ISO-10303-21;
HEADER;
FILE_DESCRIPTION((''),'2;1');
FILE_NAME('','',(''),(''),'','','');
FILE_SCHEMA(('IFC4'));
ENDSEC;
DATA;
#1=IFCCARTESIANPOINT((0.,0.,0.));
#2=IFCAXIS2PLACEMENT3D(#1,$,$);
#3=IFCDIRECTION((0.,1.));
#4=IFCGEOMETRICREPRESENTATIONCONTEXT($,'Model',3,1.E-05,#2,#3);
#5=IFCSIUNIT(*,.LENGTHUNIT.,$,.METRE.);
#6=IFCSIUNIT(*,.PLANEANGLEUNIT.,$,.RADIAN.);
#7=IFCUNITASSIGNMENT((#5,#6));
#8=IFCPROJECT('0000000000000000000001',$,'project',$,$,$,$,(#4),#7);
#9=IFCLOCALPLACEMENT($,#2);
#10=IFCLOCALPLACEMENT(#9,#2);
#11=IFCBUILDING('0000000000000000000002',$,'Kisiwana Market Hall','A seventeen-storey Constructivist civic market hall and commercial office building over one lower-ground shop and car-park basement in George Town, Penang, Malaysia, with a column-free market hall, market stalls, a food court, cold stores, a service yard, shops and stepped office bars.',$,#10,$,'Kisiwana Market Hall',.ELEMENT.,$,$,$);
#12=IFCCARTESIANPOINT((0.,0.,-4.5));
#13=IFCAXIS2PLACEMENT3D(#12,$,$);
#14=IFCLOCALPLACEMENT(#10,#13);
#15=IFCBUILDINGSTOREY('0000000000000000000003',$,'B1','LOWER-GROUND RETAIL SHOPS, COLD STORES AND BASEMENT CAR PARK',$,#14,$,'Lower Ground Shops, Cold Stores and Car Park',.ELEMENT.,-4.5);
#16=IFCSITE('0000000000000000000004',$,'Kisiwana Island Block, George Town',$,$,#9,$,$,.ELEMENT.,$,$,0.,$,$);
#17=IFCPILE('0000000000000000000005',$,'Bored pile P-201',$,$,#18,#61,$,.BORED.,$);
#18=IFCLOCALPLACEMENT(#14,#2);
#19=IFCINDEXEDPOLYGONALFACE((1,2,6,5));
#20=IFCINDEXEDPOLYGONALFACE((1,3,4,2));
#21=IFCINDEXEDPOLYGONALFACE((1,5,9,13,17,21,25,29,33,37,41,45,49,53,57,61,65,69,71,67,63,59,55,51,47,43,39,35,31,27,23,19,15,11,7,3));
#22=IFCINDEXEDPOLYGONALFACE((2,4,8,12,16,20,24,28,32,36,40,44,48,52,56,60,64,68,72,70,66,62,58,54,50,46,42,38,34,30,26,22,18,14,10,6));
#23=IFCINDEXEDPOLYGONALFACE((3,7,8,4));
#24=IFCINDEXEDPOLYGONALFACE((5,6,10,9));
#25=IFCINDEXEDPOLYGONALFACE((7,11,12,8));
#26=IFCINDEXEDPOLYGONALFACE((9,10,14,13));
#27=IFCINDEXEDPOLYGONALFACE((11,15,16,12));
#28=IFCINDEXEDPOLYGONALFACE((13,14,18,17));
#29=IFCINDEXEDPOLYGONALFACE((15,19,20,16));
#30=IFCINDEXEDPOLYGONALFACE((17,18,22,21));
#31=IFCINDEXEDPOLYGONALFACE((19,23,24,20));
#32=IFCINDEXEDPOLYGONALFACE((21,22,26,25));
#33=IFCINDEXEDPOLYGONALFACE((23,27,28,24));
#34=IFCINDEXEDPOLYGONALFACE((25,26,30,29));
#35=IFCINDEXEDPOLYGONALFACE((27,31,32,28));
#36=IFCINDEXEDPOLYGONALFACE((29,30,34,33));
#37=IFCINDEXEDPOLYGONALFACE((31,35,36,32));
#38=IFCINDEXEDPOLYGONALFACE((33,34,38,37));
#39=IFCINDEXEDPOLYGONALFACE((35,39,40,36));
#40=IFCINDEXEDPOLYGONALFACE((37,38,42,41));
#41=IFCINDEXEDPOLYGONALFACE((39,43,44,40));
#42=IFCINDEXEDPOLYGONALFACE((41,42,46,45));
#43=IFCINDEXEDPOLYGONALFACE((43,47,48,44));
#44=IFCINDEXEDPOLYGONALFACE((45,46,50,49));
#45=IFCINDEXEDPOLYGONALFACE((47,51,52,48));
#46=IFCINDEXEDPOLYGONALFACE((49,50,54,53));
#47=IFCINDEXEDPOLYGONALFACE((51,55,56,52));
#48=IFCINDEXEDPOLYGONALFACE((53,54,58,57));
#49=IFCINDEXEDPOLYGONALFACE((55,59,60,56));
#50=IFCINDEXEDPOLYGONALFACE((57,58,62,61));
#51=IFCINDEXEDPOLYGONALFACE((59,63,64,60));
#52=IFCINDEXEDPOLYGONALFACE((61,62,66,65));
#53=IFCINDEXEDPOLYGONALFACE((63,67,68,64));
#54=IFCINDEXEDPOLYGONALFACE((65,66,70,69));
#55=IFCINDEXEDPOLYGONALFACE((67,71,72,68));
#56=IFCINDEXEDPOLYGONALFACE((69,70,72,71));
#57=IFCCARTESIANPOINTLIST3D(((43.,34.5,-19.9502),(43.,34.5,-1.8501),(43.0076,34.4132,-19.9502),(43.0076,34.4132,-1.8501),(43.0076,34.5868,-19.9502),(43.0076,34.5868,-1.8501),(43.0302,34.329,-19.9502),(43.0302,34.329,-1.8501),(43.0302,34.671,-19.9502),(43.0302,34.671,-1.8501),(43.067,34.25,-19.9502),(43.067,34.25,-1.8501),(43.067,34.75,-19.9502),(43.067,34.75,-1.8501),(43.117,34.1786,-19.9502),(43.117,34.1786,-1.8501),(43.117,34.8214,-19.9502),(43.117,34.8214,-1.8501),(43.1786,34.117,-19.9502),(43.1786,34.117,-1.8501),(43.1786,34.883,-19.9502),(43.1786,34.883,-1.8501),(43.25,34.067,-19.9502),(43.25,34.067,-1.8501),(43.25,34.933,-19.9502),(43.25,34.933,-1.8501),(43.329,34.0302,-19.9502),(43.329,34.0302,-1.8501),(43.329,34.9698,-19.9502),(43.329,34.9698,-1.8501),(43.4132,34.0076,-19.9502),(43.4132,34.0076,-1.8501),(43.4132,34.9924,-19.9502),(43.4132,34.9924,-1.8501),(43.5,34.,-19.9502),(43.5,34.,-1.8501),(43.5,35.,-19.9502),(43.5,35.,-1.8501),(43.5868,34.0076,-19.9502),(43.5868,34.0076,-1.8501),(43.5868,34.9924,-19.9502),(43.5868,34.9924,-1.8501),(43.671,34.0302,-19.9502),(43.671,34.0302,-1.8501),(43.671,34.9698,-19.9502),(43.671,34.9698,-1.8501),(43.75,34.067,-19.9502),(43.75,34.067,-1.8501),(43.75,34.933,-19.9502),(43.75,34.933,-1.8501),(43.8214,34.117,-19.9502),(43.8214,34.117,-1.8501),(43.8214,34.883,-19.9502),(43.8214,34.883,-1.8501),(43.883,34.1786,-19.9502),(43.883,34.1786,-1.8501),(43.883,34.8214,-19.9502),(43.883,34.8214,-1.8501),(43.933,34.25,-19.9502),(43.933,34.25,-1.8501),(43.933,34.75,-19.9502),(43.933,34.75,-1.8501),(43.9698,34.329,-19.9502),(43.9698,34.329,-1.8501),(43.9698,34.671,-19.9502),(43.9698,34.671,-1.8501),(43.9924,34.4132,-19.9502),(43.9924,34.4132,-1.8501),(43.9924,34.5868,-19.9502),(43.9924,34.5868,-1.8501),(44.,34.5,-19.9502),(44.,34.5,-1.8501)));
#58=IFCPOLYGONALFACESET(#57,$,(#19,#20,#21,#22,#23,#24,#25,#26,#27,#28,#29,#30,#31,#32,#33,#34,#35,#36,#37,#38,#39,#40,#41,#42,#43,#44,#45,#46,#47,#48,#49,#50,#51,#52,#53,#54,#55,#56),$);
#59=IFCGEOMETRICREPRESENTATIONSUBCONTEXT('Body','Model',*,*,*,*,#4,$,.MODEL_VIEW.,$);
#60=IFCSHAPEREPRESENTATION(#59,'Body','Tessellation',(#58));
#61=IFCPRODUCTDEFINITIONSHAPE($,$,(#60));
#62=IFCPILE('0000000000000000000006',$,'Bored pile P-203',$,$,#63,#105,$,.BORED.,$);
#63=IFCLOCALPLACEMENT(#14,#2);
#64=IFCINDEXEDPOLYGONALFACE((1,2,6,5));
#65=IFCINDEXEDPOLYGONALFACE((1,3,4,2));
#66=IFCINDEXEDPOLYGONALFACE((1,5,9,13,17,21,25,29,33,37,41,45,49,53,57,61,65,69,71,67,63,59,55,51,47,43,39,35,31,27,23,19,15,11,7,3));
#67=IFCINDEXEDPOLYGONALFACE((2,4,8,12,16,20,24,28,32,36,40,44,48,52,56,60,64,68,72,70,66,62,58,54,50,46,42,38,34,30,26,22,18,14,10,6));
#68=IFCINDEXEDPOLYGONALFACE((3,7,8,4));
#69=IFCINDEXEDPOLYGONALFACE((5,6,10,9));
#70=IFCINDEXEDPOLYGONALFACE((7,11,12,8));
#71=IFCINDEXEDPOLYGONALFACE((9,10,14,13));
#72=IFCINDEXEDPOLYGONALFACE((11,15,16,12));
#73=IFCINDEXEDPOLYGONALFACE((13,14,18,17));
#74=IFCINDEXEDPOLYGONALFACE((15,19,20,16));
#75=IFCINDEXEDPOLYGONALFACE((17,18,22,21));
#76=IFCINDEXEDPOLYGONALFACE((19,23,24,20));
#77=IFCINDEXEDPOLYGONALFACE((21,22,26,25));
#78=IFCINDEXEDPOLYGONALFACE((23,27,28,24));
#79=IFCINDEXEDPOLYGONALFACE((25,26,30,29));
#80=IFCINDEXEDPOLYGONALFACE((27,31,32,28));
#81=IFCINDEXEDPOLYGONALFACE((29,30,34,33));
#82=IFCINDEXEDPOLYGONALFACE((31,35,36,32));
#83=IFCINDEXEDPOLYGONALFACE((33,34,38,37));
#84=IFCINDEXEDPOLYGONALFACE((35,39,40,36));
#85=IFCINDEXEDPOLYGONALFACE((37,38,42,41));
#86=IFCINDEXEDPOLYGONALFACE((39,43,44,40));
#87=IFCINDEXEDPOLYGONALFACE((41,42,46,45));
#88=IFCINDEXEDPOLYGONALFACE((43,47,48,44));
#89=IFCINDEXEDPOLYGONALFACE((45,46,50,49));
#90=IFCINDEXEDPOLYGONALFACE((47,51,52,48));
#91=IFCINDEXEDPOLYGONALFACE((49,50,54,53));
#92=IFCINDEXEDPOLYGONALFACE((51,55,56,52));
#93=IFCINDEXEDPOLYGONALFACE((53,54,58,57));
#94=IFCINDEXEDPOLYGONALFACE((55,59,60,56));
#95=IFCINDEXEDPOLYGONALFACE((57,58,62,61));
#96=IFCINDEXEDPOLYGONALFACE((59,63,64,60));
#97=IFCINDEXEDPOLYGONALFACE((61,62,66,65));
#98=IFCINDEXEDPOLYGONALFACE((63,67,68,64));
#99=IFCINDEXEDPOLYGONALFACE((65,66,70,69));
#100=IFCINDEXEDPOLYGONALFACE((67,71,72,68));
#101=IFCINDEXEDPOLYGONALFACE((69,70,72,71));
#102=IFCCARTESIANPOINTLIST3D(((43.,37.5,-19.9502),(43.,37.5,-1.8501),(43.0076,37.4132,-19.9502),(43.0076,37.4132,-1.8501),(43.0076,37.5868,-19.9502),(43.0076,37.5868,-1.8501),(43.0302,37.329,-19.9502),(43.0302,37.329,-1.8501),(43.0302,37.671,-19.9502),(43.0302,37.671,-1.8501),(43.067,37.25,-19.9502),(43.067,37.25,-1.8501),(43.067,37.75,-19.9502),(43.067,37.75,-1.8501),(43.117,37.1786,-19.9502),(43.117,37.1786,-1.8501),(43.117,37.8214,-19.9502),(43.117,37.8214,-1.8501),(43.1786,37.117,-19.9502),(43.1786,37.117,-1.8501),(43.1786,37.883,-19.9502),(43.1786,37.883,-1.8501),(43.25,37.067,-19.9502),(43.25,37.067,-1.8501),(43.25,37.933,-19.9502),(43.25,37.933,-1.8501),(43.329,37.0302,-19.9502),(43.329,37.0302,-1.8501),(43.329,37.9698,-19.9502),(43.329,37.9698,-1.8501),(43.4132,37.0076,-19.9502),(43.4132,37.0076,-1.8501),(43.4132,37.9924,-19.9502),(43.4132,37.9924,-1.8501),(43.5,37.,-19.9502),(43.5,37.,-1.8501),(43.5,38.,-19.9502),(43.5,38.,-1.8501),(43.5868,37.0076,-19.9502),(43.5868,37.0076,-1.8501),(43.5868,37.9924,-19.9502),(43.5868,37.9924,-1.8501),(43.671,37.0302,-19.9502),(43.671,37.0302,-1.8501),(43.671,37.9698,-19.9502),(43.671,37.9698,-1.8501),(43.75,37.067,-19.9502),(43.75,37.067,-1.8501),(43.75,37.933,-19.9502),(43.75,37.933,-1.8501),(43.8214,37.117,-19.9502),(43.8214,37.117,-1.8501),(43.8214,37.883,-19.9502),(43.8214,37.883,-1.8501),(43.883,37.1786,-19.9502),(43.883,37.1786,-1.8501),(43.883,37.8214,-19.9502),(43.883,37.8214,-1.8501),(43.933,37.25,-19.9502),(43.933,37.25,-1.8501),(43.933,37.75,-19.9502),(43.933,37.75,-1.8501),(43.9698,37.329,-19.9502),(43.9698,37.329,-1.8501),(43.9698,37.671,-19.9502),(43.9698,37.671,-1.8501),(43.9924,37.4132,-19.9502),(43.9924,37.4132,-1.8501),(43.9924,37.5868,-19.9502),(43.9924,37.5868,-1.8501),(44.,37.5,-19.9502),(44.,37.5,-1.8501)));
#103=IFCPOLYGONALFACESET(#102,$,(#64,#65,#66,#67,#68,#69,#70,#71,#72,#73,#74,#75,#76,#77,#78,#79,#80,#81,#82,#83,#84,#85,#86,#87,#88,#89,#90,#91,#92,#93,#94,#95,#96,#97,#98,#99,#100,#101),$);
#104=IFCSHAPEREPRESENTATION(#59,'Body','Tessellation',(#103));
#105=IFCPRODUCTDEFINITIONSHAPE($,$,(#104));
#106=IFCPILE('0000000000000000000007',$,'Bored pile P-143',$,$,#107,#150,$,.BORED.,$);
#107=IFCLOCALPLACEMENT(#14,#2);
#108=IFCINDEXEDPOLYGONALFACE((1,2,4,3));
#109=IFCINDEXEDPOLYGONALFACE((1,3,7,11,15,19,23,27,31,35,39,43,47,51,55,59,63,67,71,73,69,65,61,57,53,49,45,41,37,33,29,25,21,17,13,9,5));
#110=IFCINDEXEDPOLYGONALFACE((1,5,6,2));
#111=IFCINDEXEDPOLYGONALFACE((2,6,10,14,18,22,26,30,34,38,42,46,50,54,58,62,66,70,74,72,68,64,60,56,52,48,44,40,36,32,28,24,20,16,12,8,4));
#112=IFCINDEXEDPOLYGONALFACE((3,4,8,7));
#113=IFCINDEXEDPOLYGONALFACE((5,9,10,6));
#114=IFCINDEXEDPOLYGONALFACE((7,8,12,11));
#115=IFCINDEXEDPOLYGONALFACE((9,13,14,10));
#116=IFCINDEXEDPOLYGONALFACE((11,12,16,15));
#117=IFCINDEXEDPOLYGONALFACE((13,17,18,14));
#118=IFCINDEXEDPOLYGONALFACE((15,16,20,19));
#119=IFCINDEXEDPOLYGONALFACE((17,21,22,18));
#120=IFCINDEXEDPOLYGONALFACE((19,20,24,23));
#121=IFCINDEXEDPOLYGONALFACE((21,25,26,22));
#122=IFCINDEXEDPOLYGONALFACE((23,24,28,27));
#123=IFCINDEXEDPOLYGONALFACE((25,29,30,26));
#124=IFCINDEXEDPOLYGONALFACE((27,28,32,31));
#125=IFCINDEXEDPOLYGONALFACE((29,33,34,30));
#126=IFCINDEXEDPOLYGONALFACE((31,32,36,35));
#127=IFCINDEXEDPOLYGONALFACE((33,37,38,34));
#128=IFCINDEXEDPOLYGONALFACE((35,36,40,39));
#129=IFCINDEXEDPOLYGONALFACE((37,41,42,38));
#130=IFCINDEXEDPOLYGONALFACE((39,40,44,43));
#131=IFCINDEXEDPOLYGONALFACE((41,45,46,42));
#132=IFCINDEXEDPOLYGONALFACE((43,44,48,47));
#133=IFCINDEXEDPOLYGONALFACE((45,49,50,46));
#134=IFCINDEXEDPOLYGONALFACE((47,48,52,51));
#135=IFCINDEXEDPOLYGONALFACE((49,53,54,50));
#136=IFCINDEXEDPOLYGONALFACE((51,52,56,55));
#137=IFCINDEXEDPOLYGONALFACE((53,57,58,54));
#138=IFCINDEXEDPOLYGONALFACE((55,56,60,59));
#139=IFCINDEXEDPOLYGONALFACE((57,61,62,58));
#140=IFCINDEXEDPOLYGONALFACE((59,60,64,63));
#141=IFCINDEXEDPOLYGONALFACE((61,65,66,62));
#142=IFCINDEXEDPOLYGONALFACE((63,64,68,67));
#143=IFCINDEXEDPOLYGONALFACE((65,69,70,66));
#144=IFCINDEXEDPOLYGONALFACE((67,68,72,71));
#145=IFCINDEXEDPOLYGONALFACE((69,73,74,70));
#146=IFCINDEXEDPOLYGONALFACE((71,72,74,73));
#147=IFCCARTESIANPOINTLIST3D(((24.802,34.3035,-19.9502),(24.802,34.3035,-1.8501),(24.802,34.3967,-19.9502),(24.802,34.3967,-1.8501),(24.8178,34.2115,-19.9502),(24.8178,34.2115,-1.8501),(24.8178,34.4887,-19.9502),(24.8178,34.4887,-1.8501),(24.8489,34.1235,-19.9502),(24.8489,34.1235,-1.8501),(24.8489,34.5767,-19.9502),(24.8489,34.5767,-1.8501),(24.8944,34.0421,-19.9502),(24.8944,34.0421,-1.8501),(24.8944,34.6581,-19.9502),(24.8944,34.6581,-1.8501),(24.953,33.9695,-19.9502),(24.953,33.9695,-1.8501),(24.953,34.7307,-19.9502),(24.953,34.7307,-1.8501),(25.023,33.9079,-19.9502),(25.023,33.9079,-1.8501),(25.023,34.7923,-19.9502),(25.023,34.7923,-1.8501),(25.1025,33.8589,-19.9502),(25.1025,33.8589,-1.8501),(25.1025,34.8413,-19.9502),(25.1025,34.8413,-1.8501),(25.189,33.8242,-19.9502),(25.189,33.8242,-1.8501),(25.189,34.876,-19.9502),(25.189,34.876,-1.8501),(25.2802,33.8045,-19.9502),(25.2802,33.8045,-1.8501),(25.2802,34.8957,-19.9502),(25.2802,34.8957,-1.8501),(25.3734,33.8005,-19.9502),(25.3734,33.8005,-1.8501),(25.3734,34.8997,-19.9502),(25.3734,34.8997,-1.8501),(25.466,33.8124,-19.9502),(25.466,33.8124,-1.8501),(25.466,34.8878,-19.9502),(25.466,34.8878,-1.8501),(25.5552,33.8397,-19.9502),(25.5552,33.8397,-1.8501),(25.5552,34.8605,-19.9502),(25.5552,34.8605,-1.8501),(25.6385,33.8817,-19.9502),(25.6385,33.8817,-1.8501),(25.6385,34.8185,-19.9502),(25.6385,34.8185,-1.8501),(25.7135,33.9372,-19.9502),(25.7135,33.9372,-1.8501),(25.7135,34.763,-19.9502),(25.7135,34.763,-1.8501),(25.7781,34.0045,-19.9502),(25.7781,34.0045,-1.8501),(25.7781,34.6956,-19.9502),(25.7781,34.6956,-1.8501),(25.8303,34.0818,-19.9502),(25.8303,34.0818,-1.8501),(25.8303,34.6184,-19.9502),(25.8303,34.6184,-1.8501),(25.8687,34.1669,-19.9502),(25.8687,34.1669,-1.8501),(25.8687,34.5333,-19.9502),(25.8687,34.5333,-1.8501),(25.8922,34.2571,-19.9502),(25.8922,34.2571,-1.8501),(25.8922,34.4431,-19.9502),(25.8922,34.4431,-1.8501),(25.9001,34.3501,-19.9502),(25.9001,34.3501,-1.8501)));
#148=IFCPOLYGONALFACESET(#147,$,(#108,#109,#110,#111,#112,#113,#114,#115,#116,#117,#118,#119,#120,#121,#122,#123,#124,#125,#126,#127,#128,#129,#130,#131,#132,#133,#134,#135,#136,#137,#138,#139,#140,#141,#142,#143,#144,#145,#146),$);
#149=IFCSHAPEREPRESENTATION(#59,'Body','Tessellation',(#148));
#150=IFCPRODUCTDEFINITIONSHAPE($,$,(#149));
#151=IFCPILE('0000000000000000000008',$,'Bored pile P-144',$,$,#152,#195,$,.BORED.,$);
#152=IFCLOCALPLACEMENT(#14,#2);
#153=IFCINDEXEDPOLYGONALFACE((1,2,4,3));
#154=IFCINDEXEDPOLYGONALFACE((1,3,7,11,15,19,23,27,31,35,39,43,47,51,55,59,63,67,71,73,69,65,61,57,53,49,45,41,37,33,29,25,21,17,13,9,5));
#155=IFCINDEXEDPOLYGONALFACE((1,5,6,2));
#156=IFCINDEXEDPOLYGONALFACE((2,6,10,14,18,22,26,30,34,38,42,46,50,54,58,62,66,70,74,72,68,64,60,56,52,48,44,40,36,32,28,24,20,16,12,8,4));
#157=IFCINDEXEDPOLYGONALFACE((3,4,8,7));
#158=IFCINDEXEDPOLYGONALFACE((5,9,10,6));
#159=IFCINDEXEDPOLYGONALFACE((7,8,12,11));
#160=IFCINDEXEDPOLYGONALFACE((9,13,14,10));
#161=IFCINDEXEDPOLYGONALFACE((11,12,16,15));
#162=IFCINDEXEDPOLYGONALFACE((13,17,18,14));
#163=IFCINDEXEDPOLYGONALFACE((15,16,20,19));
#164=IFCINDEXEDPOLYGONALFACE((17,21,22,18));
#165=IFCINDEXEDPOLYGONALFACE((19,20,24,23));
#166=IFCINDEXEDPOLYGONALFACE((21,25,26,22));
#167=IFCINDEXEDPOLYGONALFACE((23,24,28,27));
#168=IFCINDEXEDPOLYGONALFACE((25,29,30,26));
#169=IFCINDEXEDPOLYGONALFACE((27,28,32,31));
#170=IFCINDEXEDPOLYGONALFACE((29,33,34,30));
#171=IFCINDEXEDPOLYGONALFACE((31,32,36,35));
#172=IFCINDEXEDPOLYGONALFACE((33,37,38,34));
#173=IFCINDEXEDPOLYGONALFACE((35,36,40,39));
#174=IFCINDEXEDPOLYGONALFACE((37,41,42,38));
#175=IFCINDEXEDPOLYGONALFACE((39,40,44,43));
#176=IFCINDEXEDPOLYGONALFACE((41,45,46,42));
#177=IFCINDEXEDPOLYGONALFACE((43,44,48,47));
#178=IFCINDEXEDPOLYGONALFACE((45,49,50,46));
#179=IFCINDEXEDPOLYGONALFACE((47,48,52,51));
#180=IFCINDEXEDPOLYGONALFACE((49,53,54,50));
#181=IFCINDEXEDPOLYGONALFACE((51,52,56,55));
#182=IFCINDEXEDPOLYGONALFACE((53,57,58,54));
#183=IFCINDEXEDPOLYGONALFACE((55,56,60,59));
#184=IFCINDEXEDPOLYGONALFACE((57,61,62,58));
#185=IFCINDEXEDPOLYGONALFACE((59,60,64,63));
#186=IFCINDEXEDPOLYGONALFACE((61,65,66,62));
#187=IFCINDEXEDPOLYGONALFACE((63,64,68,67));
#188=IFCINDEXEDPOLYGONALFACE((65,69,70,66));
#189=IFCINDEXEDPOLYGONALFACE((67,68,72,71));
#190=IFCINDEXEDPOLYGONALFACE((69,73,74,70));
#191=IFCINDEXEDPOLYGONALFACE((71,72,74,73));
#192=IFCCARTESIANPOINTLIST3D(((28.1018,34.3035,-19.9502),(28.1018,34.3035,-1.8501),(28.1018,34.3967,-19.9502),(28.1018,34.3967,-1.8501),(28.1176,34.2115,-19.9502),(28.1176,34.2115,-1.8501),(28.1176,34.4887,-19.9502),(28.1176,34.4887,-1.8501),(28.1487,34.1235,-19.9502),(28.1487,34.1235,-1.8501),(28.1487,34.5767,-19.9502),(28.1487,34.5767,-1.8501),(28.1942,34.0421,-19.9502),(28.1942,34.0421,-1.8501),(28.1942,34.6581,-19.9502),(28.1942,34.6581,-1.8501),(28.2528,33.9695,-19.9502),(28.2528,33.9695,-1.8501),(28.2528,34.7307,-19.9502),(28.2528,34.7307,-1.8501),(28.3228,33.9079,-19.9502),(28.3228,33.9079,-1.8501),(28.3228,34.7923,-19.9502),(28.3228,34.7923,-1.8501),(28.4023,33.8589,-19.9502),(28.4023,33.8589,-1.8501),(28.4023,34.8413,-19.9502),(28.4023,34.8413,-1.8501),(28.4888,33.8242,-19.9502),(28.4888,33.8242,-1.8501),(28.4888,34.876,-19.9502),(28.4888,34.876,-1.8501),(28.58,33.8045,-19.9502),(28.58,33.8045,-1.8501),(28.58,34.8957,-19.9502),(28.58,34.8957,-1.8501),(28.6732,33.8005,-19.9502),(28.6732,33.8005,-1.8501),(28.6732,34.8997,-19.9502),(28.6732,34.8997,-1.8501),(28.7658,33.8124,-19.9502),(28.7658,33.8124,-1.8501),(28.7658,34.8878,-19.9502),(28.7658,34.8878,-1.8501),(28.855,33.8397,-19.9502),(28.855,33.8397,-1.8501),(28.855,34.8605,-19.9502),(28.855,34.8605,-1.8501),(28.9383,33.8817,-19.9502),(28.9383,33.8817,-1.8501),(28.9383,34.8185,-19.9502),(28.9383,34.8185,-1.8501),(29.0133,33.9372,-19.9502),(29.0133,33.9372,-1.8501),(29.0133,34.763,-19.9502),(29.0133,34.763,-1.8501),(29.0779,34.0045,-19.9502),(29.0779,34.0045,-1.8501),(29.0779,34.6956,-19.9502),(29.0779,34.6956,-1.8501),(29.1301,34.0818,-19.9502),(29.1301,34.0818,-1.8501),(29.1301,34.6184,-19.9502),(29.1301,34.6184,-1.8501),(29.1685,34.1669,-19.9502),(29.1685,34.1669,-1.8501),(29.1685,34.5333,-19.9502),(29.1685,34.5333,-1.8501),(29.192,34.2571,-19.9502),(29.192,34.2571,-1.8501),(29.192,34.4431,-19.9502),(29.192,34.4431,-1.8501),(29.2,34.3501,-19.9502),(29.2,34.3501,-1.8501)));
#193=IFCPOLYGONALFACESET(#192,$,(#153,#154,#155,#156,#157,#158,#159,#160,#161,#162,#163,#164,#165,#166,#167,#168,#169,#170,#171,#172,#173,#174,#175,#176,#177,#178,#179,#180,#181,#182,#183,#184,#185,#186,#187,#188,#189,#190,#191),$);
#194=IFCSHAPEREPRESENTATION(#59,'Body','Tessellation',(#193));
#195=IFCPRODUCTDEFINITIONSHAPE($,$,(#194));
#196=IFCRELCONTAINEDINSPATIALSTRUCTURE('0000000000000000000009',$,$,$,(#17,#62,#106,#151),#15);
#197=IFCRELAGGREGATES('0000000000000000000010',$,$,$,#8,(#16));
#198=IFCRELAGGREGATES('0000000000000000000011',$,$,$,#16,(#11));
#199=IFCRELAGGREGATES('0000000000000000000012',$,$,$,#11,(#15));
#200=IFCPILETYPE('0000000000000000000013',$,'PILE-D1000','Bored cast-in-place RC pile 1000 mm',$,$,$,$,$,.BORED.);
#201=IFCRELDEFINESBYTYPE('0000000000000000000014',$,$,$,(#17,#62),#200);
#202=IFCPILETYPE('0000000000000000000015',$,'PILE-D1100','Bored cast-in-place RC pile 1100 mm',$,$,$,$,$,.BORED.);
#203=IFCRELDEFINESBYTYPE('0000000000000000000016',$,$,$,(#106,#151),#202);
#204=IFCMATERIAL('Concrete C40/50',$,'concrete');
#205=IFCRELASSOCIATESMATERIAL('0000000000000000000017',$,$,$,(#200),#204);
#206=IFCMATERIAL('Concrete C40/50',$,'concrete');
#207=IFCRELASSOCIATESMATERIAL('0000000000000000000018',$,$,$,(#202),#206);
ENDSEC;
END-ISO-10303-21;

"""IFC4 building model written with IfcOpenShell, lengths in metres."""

from ifc_helpers import new_model, si_unit, direction, frame, origin, origin_2d, place, context, subcontext, project, spatial, circle, extrude, material, material_profile, profile_set, type_object, element, save


model = new_model("IFC4")

# Units and contexts
model_context = context("Model", 3, precision=1e-05, world=origin(), true_north=direction((0.0, 1.0)))
body_context = subcontext(model_context, "Body", "Model", "MODEL_VIEW")
ifc_project = project(units=[si_unit("LENGTHUNIT", "METRE"), si_unit("PLANEANGLEUNIT", "RADIAN")], contexts=[model_context])

# Site, building, storey
site_placement = place(None, origin())
site = spatial("IfcSite", under=ifc_project, at=site_placement, Name="Kisiwana Island Block, George Town", CompositionType="ELEMENT", RefElevation=0.0)
building_placement = place(site_placement, origin())
building = spatial("IfcBuilding", under=site, at=building_placement, Name="Kisiwana Market Hall", Description="A seventeen-storey Constructivist civic market hall and commercial office building over one lower-ground shop and car-park basement in George Town, Penang, Malaysia, with a column-free market hall, market stalls, a food court, cold stores, a service yard, shops and stepped office bars.", LongName="Kisiwana Market Hall", CompositionType="ELEMENT")
storey_placement = place(building_placement, frame((0.0, 0.0, -4.5)))
storey = spatial("IfcBuildingStorey", under=building, at=storey_placement, Name="B1", Description="LOWER-GROUND RETAIL SHOPS, COLD STORES AND BASEMENT CAR PARK", LongName="Lower Ground Shops, Cold Stores and Car Park", CompositionType="ELEMENT", Elevation=-4.5)

# Piles
ifc_material_1 = material(Name="Concrete C40/50", Category="concrete")
ifc_material_profile_1 = material_profile(ifc_material_1, circle(Radius=0.5, at=origin_2d()), Name="BP D1000")
ifc_profile_set_1 = profile_set([ifc_material_profile_1], Name="Concrete C40/50")
pile_type_1 = type_object("IfcPileType", Name="PILE-D1000", Description="Bored cast-in-place RC pile 1000 mm", PredefinedType="BORED", material=ifc_profile_set_1)
for number, where, z_axis, x_axis, name in (
    (1, (43.5, 34.5, -1.8501), (0.0, 0.0, -1.0), (1.0, 0.0, 0.0), "Bored pile P-201"),
    (2, (43.5, 37.5, -1.8501), (0.0, 0.0, -1.0), (1.0, 0.0, 0.0), "Bored pile P-203"),
):
    element("IfcPile", number, at=place(storey_placement, frame(where, z_axis=z_axis, x_axis=x_axis)), inside=storey, type_object=pile_type_1, Name=name, PredefinedType="BORED", context=body_context, shape_type="SweptSolid", body=[
        extrude(circle(Radius=0.5, at=origin_2d()), origin(), (0.0, 0.0, 1.0), 18.1001),
    ])
ifc_material_2 = material(Name="Concrete C40/50", Category="concrete")
ifc_material_profile_2 = material_profile(ifc_material_2, circle(Radius=0.55, at=origin_2d()), Name="BP D1100")
ifc_profile_set_2 = profile_set([ifc_material_profile_2], Name="Concrete C40/50")
pile_type_2 = type_object("IfcPileType", Name="PILE-D1100", Description="Bored cast-in-place RC pile 1100 mm", PredefinedType="BORED", material=ifc_profile_set_2)
for number, where, z_axis, x_axis, name in (
    (3, (25.3501, 34.3501, -1.8501), (0.0, 0.0, -1.0), (1.0, 0.0, 0.0), "Bored pile P-143"),
    (4, (28.6499, 34.3501, -1.8501), (0.0, 0.0, -1.0), (1.0, 0.0, 0.0), "Bored pile P-144"),
):
    element("IfcPile", number, at=place(storey_placement, frame(where, z_axis=z_axis, x_axis=x_axis)), inside=storey, type_object=pile_type_2, Name=name, PredefinedType="BORED", context=body_context, shape_type="SweptSolid", body=[
        extrude(circle(Radius=0.55, at=origin_2d()), origin(), (0.0, 0.0, 1.0), 18.1001),
    ])

save(model, "model.ifc")
